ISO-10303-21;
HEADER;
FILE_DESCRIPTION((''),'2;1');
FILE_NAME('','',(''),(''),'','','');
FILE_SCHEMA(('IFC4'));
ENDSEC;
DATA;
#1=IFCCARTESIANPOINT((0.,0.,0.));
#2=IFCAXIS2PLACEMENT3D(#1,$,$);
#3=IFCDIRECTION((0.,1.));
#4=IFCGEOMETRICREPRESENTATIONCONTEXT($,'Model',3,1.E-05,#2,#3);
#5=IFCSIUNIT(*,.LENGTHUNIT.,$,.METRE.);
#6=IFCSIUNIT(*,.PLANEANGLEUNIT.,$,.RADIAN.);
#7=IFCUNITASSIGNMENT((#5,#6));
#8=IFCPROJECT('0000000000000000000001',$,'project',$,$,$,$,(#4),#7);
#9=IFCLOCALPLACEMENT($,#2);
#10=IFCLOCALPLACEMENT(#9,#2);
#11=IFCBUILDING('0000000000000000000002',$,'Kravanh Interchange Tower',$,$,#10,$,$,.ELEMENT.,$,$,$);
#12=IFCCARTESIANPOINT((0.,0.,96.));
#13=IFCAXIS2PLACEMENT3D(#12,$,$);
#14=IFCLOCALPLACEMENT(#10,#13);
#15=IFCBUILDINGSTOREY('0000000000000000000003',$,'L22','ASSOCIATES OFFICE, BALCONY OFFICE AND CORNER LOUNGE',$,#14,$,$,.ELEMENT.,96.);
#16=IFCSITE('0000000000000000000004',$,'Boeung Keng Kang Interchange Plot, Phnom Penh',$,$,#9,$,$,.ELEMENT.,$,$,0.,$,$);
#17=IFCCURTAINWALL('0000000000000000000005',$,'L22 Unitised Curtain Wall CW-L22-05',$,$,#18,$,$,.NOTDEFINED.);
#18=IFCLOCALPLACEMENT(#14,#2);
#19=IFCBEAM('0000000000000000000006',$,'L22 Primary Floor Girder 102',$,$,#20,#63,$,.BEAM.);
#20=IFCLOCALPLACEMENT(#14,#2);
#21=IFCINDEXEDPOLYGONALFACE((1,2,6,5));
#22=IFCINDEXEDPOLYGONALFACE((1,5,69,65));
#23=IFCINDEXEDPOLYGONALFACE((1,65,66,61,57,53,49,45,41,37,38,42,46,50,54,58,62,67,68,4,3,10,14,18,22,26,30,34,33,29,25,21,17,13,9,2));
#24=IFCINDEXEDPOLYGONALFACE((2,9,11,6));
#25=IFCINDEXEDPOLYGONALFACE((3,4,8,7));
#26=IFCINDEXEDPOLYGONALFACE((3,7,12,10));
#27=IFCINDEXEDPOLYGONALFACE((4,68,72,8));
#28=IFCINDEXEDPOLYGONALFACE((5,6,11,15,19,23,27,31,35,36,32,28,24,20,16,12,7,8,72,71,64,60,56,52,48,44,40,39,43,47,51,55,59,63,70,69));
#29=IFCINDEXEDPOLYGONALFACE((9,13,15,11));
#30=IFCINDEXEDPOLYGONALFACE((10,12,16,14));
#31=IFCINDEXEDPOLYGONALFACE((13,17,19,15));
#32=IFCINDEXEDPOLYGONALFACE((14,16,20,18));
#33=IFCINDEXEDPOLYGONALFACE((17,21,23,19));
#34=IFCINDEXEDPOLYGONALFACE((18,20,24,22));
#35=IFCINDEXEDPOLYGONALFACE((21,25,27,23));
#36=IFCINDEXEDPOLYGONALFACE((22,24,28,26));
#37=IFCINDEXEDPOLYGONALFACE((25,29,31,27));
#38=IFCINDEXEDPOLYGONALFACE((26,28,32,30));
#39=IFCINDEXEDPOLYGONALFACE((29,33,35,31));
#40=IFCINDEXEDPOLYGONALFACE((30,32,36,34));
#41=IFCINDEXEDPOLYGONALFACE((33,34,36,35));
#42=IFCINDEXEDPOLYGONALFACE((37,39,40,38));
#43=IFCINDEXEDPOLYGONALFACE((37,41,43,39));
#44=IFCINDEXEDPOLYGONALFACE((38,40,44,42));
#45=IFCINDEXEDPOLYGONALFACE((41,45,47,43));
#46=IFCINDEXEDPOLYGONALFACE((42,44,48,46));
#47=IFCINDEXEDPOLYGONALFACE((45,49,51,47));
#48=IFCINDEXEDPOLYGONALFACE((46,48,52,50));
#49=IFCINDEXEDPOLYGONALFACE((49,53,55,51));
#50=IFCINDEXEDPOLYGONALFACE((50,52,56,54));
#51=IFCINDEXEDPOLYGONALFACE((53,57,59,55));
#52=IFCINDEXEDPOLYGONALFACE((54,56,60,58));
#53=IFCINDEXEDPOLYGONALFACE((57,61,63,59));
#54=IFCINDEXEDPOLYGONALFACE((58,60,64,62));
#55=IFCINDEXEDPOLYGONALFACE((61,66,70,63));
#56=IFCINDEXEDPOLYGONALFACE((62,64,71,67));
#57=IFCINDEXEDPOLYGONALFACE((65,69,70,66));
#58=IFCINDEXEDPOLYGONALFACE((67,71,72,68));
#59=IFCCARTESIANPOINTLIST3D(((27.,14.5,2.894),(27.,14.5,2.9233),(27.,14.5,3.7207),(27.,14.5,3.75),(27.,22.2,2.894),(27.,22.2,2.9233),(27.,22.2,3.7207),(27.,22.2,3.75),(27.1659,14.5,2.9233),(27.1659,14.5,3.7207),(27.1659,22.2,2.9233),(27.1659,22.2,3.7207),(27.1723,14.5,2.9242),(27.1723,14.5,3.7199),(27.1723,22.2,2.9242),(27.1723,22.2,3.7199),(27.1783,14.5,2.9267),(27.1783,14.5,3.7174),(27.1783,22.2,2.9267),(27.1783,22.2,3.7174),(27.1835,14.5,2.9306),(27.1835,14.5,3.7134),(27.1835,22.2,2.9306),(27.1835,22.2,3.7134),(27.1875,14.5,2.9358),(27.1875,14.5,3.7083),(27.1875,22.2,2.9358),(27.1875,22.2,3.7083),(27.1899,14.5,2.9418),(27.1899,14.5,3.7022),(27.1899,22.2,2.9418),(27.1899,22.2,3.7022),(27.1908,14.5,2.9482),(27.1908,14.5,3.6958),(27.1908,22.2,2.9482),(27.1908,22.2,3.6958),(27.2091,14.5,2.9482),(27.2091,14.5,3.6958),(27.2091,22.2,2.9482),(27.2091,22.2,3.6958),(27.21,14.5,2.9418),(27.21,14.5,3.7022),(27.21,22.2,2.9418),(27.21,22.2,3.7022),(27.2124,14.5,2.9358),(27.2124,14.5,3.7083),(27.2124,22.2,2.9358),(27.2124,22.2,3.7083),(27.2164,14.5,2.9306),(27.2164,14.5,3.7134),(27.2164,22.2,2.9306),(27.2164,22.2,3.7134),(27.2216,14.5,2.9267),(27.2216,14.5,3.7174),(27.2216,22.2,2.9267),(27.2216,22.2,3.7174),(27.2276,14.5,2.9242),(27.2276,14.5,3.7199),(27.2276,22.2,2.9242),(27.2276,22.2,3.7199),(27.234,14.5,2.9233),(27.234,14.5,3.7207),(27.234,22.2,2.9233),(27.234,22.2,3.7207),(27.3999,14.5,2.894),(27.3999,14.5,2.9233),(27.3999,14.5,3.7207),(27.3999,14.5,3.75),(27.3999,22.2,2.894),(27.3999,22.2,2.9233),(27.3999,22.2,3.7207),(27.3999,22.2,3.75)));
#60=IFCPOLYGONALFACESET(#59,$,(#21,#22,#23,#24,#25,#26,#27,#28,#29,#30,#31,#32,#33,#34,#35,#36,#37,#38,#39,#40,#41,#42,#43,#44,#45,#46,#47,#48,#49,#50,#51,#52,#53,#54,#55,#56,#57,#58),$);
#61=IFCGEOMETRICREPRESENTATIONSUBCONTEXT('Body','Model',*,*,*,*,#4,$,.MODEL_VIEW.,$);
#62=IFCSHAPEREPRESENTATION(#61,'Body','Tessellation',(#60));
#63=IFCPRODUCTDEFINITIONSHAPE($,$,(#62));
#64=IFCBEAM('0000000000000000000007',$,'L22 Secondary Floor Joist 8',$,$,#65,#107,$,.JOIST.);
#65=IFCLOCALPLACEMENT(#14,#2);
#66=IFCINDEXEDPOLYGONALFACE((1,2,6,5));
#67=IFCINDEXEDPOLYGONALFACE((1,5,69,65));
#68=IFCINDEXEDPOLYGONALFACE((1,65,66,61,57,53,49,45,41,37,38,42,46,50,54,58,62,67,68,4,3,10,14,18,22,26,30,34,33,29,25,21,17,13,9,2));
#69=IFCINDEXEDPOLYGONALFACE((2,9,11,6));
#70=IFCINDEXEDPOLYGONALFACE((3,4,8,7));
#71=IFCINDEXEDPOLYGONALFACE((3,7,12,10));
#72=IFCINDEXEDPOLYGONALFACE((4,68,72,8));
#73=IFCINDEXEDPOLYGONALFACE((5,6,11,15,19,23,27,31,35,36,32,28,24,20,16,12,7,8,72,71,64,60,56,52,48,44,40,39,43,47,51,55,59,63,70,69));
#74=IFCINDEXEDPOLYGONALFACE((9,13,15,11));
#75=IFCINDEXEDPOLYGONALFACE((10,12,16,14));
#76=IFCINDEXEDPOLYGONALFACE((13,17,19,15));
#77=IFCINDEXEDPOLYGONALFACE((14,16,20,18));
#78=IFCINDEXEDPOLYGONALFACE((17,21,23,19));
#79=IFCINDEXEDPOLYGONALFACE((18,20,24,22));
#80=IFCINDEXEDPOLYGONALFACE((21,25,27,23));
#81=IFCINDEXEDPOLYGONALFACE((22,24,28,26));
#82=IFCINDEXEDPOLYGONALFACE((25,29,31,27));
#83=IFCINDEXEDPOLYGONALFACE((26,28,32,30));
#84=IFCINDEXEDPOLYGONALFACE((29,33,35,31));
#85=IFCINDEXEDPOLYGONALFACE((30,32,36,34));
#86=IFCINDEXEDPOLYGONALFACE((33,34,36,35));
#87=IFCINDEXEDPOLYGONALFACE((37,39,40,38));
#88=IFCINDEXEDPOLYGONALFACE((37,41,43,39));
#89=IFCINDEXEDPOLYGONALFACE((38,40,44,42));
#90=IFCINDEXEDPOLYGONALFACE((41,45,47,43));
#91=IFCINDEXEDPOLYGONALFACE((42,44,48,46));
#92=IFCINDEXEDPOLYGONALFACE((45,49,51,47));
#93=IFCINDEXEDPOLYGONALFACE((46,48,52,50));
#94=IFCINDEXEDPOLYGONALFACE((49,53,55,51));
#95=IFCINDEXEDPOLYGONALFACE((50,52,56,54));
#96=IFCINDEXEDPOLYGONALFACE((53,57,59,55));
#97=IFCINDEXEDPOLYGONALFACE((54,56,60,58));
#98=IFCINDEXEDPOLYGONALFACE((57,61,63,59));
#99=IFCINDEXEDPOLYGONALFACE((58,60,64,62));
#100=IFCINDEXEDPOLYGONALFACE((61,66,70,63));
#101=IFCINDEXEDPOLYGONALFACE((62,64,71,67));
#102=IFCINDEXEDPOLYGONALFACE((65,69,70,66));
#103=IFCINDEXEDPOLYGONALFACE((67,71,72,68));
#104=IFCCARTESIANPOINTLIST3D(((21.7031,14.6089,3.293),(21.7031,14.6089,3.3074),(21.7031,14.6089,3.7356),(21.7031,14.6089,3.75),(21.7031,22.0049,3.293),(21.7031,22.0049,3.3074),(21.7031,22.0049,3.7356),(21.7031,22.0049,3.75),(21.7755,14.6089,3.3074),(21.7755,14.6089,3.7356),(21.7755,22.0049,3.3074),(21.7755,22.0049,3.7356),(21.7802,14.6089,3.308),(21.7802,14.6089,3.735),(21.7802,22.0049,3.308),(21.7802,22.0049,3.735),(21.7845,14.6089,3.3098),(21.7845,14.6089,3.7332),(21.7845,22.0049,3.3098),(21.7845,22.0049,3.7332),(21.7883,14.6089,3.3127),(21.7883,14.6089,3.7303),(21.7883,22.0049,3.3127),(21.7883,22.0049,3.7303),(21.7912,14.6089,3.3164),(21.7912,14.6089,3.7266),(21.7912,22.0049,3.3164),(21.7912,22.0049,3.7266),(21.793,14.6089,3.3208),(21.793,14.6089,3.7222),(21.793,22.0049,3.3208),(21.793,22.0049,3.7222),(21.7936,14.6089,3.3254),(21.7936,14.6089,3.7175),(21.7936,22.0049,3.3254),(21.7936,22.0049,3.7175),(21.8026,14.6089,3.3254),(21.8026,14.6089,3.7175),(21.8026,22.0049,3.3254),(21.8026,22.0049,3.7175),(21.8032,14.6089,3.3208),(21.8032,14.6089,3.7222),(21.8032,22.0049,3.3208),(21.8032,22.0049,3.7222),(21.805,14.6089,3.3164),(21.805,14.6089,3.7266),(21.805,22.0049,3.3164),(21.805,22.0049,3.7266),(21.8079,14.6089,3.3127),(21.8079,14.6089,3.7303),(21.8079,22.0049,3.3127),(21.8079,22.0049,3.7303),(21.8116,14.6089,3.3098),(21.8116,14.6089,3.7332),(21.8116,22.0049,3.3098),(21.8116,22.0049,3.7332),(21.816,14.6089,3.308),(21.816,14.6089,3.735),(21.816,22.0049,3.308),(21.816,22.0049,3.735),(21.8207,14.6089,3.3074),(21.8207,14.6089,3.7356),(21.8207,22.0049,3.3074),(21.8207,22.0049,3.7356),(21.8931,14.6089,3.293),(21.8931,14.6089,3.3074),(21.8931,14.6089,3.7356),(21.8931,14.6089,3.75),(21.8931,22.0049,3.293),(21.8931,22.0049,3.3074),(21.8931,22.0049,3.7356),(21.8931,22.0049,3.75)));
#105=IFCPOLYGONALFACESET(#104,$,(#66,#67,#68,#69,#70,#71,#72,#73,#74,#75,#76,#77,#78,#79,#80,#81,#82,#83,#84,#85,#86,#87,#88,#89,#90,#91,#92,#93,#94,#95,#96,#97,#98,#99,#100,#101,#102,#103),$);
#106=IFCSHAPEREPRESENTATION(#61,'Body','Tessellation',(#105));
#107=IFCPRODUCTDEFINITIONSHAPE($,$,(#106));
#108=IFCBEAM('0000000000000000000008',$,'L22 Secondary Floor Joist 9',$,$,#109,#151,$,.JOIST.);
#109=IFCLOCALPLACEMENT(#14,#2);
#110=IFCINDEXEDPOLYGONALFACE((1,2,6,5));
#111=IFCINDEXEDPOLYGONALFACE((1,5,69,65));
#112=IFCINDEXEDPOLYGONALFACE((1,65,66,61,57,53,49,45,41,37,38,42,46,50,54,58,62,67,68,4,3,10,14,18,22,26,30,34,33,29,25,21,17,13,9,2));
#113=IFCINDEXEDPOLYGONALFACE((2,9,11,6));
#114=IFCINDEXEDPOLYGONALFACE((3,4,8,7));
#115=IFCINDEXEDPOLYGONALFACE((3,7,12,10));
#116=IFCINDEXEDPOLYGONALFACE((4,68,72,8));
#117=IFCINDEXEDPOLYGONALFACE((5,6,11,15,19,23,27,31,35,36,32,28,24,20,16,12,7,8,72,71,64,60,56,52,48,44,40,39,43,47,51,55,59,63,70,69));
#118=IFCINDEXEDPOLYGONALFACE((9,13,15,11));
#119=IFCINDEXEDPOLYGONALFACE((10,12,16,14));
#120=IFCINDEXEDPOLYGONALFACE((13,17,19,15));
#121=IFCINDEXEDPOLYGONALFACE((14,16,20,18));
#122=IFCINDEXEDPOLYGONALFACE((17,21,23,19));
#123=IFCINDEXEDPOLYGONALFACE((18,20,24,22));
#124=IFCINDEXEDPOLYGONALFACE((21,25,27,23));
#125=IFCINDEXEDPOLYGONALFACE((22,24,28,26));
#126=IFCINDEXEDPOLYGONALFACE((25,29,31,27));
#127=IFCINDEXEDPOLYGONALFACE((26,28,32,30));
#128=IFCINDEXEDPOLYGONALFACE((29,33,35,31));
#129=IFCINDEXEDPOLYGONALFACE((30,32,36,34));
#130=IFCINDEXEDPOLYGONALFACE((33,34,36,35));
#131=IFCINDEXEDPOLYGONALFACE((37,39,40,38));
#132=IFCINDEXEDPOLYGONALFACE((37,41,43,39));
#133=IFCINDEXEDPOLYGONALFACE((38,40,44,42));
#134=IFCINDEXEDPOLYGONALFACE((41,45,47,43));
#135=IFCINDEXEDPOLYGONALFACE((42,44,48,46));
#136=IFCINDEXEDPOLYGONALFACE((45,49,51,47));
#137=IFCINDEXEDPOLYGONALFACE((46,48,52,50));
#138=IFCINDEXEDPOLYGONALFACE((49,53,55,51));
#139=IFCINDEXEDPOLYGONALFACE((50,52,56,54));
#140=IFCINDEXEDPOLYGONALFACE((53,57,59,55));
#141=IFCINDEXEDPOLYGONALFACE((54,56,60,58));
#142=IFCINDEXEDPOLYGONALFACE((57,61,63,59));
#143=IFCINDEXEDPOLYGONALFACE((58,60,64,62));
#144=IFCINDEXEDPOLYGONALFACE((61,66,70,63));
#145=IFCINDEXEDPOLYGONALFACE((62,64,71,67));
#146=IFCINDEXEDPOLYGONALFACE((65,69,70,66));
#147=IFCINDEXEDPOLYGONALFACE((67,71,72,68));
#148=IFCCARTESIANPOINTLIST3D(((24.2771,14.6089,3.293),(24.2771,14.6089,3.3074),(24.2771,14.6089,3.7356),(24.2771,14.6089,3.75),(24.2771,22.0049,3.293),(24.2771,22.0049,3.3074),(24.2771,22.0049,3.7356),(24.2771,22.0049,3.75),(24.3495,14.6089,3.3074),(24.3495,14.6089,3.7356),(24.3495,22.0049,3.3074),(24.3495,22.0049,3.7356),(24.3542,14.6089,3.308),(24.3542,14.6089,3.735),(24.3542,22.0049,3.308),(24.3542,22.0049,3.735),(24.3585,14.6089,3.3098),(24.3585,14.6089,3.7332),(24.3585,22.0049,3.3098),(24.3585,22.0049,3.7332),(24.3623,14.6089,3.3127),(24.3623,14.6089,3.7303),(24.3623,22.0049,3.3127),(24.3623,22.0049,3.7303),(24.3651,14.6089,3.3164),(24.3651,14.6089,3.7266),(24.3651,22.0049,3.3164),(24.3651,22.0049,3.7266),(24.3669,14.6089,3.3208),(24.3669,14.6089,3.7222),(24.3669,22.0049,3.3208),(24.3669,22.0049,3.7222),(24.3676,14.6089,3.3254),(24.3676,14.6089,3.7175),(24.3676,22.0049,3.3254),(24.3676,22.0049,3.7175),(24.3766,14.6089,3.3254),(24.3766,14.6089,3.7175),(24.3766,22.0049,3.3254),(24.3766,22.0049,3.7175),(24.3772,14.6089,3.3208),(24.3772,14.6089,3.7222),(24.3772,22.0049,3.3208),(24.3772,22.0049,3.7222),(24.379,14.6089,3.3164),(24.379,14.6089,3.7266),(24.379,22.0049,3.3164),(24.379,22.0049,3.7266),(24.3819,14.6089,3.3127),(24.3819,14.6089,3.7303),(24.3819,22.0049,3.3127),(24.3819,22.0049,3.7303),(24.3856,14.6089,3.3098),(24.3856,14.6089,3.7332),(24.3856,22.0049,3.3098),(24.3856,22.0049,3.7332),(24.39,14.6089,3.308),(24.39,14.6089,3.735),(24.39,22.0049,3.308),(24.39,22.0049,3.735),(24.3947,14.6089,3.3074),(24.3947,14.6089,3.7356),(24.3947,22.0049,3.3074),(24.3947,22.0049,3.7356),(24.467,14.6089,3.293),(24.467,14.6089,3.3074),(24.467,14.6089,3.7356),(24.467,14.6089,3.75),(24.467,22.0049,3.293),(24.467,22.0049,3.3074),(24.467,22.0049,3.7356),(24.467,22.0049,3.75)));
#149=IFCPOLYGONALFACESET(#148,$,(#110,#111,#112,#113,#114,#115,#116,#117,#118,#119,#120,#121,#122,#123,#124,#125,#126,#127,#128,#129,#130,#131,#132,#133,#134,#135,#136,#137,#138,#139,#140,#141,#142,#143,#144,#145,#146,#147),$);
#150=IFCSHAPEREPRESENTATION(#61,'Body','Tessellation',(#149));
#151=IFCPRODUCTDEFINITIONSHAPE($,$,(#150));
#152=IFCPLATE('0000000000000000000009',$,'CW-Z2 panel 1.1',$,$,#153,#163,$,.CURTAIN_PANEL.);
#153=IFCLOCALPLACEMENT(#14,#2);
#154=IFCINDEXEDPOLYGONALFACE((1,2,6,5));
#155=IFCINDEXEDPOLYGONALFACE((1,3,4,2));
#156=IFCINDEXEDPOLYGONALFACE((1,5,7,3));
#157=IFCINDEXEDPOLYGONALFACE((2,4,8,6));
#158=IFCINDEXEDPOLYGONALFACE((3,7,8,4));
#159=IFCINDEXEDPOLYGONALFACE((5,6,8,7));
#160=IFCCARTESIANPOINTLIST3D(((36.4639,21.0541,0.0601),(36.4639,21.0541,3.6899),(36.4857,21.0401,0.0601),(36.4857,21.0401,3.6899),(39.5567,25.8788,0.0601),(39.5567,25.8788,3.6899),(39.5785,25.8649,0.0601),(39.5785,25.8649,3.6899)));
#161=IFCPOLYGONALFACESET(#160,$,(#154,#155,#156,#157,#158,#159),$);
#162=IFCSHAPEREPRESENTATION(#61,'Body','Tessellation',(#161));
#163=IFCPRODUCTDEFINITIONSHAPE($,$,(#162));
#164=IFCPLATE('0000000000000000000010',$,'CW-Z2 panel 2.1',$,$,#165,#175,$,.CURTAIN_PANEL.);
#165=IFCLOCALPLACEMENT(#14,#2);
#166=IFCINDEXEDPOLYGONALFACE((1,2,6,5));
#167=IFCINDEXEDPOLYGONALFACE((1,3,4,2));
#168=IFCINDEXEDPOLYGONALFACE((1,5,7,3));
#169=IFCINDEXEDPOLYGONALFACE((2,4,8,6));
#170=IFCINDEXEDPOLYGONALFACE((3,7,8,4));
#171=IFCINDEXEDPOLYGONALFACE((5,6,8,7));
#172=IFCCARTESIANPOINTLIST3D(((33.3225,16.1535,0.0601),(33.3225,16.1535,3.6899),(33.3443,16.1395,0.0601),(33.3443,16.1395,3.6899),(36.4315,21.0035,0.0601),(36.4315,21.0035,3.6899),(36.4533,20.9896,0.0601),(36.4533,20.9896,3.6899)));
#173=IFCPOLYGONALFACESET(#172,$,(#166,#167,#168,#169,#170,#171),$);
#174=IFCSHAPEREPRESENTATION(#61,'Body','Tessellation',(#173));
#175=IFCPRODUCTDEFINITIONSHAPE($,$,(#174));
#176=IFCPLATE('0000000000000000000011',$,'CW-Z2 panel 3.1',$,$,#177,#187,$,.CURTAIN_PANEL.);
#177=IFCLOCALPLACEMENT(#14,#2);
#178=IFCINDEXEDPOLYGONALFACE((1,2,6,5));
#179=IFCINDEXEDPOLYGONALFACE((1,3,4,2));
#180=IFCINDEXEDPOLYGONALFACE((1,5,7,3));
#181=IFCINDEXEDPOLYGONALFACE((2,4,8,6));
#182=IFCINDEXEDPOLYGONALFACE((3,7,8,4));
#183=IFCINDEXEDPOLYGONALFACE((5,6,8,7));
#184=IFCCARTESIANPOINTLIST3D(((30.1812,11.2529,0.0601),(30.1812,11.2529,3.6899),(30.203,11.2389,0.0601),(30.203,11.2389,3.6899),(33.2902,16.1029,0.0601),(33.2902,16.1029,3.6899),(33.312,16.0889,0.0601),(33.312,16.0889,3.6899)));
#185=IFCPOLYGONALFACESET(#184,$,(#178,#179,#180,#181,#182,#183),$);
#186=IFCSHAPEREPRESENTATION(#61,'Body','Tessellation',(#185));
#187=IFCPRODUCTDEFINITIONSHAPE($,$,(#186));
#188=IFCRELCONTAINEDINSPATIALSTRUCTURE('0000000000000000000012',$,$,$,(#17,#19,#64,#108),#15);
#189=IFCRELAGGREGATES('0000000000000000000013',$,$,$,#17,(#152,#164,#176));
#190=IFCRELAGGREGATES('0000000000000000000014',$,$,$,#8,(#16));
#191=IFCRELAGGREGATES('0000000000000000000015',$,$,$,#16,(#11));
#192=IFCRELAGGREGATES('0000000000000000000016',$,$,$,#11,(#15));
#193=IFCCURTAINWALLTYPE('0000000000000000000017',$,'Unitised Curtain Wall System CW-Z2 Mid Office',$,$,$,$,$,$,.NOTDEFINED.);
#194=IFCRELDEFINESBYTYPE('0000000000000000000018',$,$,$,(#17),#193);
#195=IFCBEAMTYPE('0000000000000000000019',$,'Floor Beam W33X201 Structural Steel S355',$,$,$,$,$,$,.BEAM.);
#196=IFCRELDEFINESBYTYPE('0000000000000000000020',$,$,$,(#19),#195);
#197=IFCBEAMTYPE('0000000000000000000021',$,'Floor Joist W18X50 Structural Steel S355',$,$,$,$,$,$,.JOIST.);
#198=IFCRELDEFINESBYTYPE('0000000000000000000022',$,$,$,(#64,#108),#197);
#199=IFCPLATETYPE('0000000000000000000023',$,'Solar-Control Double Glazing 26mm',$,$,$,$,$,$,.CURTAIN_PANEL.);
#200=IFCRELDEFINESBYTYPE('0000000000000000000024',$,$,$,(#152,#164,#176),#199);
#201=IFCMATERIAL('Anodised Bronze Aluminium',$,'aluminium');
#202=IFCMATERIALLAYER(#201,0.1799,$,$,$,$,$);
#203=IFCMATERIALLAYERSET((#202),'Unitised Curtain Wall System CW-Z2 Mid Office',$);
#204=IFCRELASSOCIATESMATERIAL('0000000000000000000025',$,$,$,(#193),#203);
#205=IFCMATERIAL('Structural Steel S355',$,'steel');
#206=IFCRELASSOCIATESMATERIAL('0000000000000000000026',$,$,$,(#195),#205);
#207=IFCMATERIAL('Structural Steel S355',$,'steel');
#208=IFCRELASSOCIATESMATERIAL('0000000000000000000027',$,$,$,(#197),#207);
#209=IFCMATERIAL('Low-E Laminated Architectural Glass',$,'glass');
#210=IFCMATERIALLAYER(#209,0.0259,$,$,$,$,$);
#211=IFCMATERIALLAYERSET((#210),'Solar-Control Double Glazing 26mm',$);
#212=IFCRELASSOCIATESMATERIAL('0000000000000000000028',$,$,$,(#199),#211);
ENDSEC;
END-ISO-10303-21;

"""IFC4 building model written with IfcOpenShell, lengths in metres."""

from ifc_helpers import new_model, si_unit, direction, frame, origin, origin_2d, place, context, subcontext, project, spatial, rectangle, i_section, extrude, material, layer, layer_set, material_profile, profile_set, type_object, element, aggregate, save


model = new_model("IFC4")

# Units and contexts
model_context = context("Model", 3, precision=1e-05, world=origin(), true_north=direction((0.0, 1.0)))
body_context = subcontext(model_context, "Body", "Model", "MODEL_VIEW")
ifc_project = project(units=[si_unit("LENGTHUNIT", "METRE"), si_unit("PLANEANGLEUNIT", "RADIAN")], contexts=[model_context])

# Site, building, storey
site_placement = place(None, origin())
site = spatial("IfcSite", under=ifc_project, at=site_placement, Name="Boeung Keng Kang Interchange Plot, Phnom Penh", CompositionType="ELEMENT", RefElevation=0.0)
building_placement = place(site_placement, origin())
building = spatial("IfcBuilding", under=site, at=building_placement, Name="Kravanh Interchange Tower", CompositionType="ELEMENT")
storey_placement = place(building_placement, frame((0.0, 0.0, 96.0)))
storey = spatial("IfcBuildingStorey", under=building, at=storey_placement, Name="L22", Description="ASSOCIATES OFFICE, BALCONY OFFICE AND CORNER LOUNGE", CompositionType="ELEMENT", Elevation=96.0)

# Curtain wall
ifc_material_1 = material(Name="Anodised Bronze Aluminium", Category="aluminium")
ifc_layer_1 = layer(ifc_material_1, 0.1799)
ifc_layer_set_1 = layer_set([ifc_layer_1], Name="Unitised Curtain Wall System CW-Z2 Mid Office")
curtain_wall_type = type_object("IfcCurtainWallType", Name="Unitised Curtain Wall System CW-Z2 Mid Office", PredefinedType="NOTDEFINED", material=ifc_layer_set_1)
curtain_wall_placement = place(storey_placement, origin())
curtain_wall = element("IfcCurtainWall", 1, at=curtain_wall_placement, inside=storey, type_object=curtain_wall_type, Name="L22 Unitised Curtain Wall CW-L22-05", PredefinedType="NOTDEFINED")

# Beams
ifc_material_2 = material(Name="Structural Steel S355", Category="steel")
ifc_material_profile_1 = material_profile(ifc_material_2, i_section(OverallWidth=0.3999, OverallDepth=0.856, WebThickness=0.0183, FlangeThickness=0.0293, FilletRadius=0.0249, at=origin_2d()), Name="W33X201")
ifc_profile_set_1 = profile_set([ifc_material_profile_1], Name="Structural Steel S355")
beam_type_1 = type_object("IfcBeamType", Name="Floor Beam W33X201 Structural Steel S355", PredefinedType="BEAM", material=ifc_profile_set_1)
beam_1_placement = place(storey_placement, frame((27.2, 14.5, 3.322), z_axis=(0.0, 1.0, 0.0), x_axis=(-1.0, 0.0, 0.0)))
element("IfcBeam", 2, at=beam_1_placement, inside=storey, type_object=beam_type_1, Name="L22 Primary Floor Girder 102", PredefinedType="BEAM", context=body_context, shape_type="SweptSolid", body=[
    extrude(i_section(OverallWidth=0.3999, OverallDepth=0.856, WebThickness=0.0183, FlangeThickness=0.0293, FilletRadius=0.0249, at=origin_2d()), origin(), (0.0, 0.0, 1.0), 7.7),
])
ifc_material_3 = material(Name="Structural Steel S355", Category="steel")
ifc_material_profile_2 = material_profile(ifc_material_3, i_section(OverallWidth=0.1899, OverallDepth=0.457, WebThickness=0.009, FlangeThickness=0.0144, FilletRadius=0.0181, at=origin_2d()), Name="W18X50")
ifc_profile_set_2 = profile_set([ifc_material_profile_2], Name="Structural Steel S355")
beam_type_2 = type_object("IfcBeamType", Name="Floor Joist W18X50 Structural Steel S355", PredefinedType="JOIST", material=ifc_profile_set_2)
for number, where, z_axis, x_axis, name in (
    (3, (21.7981, 14.6089, 3.5215), (0.0, 1.0, 0.0), (-1.0, 0.0, 0.0), "L22 Secondary Floor Joist 8"),
    (4, (24.3721, 14.6089, 3.5215), (0.0, 1.0, 0.0), (-1.0, 0.0, 0.0), "L22 Secondary Floor Joist 9"),
):
    element("IfcBeam", number, at=place(storey_placement, frame(where, z_axis=z_axis, x_axis=x_axis)), inside=storey, type_object=beam_type_2, Name=name, PredefinedType="JOIST", context=body_context, shape_type="SweptSolid", body=[
        extrude(i_section(OverallWidth=0.1899, OverallDepth=0.457, WebThickness=0.009, FlangeThickness=0.0144, FilletRadius=0.0181, at=origin_2d()), origin(), (0.0, 0.0, 1.0), 7.396),
    ])

# Plates
ifc_material_4 = material(Name="Low-E Laminated Architectural Glass", Category="glass")
ifc_layer_2 = layer(ifc_material_4, 0.0259)
ifc_layer_set_2 = layer_set([ifc_layer_2], Name="Solar-Control Double Glazing 26mm")
plate_type = type_object("IfcPlateType", Name="Solar-Control Double Glazing 26mm", PredefinedType="CURTAIN_PANEL", material=ifc_layer_set_2)
plate_1_placement = place(storey_placement, frame((38.0212, 23.4595, 0.0601), z_axis=(0.0, 0.0, 1.0), x_axis=(-0.539665, -0.84188, 0.0)))
plate_1 = element("IfcPlate", 5, at=plate_1_placement, type_object=plate_type, Name="CW-Z2 panel 1.1", PredefinedType="CURTAIN_PANEL", context=body_context, shape_type="SweptSolid", body=[
    extrude(rectangle(XDim=5.731, YDim=0.0259, at=origin_2d()), origin(), (0.0, 0.0, 1.0), 3.6299),
])
plate_2_placement = place(storey_placement, frame((34.8879, 18.5715, 0.0601), z_axis=(0.0, 0.0, 1.0), x_axis=(-0.539665, -0.84188, 0.0)))
plate_2 = element("IfcPlate", 6, at=plate_2_placement, type_object=plate_type, Name="CW-Z2 panel 2.1", PredefinedType="CURTAIN_PANEL", context=body_context, shape_type="SweptSolid", body=[
    extrude(rectangle(XDim=5.761, YDim=0.0259, at=origin_2d()), origin(), (0.0, 0.0, 1.0), 3.6299),
])
plate_3_placement = place(storey_placement, frame((31.7466, 13.6709, 0.0601), z_axis=(0.0, 0.0, 1.0), x_axis=(-0.539665, -0.84188, 0.0)))
plate_3 = element("IfcPlate", 7, at=plate_3_placement, type_object=plate_type, Name="CW-Z2 panel 3.1", PredefinedType="CURTAIN_PANEL", context=body_context, shape_type="SweptSolid", body=[
    extrude(rectangle(XDim=5.761, YDim=0.0259, at=origin_2d()), origin(), (0.0, 0.0, 1.0), 3.6299),
])
aggregate(curtain_wall, [plate_1, plate_2, plate_3])

save(model, "model.ifc")
